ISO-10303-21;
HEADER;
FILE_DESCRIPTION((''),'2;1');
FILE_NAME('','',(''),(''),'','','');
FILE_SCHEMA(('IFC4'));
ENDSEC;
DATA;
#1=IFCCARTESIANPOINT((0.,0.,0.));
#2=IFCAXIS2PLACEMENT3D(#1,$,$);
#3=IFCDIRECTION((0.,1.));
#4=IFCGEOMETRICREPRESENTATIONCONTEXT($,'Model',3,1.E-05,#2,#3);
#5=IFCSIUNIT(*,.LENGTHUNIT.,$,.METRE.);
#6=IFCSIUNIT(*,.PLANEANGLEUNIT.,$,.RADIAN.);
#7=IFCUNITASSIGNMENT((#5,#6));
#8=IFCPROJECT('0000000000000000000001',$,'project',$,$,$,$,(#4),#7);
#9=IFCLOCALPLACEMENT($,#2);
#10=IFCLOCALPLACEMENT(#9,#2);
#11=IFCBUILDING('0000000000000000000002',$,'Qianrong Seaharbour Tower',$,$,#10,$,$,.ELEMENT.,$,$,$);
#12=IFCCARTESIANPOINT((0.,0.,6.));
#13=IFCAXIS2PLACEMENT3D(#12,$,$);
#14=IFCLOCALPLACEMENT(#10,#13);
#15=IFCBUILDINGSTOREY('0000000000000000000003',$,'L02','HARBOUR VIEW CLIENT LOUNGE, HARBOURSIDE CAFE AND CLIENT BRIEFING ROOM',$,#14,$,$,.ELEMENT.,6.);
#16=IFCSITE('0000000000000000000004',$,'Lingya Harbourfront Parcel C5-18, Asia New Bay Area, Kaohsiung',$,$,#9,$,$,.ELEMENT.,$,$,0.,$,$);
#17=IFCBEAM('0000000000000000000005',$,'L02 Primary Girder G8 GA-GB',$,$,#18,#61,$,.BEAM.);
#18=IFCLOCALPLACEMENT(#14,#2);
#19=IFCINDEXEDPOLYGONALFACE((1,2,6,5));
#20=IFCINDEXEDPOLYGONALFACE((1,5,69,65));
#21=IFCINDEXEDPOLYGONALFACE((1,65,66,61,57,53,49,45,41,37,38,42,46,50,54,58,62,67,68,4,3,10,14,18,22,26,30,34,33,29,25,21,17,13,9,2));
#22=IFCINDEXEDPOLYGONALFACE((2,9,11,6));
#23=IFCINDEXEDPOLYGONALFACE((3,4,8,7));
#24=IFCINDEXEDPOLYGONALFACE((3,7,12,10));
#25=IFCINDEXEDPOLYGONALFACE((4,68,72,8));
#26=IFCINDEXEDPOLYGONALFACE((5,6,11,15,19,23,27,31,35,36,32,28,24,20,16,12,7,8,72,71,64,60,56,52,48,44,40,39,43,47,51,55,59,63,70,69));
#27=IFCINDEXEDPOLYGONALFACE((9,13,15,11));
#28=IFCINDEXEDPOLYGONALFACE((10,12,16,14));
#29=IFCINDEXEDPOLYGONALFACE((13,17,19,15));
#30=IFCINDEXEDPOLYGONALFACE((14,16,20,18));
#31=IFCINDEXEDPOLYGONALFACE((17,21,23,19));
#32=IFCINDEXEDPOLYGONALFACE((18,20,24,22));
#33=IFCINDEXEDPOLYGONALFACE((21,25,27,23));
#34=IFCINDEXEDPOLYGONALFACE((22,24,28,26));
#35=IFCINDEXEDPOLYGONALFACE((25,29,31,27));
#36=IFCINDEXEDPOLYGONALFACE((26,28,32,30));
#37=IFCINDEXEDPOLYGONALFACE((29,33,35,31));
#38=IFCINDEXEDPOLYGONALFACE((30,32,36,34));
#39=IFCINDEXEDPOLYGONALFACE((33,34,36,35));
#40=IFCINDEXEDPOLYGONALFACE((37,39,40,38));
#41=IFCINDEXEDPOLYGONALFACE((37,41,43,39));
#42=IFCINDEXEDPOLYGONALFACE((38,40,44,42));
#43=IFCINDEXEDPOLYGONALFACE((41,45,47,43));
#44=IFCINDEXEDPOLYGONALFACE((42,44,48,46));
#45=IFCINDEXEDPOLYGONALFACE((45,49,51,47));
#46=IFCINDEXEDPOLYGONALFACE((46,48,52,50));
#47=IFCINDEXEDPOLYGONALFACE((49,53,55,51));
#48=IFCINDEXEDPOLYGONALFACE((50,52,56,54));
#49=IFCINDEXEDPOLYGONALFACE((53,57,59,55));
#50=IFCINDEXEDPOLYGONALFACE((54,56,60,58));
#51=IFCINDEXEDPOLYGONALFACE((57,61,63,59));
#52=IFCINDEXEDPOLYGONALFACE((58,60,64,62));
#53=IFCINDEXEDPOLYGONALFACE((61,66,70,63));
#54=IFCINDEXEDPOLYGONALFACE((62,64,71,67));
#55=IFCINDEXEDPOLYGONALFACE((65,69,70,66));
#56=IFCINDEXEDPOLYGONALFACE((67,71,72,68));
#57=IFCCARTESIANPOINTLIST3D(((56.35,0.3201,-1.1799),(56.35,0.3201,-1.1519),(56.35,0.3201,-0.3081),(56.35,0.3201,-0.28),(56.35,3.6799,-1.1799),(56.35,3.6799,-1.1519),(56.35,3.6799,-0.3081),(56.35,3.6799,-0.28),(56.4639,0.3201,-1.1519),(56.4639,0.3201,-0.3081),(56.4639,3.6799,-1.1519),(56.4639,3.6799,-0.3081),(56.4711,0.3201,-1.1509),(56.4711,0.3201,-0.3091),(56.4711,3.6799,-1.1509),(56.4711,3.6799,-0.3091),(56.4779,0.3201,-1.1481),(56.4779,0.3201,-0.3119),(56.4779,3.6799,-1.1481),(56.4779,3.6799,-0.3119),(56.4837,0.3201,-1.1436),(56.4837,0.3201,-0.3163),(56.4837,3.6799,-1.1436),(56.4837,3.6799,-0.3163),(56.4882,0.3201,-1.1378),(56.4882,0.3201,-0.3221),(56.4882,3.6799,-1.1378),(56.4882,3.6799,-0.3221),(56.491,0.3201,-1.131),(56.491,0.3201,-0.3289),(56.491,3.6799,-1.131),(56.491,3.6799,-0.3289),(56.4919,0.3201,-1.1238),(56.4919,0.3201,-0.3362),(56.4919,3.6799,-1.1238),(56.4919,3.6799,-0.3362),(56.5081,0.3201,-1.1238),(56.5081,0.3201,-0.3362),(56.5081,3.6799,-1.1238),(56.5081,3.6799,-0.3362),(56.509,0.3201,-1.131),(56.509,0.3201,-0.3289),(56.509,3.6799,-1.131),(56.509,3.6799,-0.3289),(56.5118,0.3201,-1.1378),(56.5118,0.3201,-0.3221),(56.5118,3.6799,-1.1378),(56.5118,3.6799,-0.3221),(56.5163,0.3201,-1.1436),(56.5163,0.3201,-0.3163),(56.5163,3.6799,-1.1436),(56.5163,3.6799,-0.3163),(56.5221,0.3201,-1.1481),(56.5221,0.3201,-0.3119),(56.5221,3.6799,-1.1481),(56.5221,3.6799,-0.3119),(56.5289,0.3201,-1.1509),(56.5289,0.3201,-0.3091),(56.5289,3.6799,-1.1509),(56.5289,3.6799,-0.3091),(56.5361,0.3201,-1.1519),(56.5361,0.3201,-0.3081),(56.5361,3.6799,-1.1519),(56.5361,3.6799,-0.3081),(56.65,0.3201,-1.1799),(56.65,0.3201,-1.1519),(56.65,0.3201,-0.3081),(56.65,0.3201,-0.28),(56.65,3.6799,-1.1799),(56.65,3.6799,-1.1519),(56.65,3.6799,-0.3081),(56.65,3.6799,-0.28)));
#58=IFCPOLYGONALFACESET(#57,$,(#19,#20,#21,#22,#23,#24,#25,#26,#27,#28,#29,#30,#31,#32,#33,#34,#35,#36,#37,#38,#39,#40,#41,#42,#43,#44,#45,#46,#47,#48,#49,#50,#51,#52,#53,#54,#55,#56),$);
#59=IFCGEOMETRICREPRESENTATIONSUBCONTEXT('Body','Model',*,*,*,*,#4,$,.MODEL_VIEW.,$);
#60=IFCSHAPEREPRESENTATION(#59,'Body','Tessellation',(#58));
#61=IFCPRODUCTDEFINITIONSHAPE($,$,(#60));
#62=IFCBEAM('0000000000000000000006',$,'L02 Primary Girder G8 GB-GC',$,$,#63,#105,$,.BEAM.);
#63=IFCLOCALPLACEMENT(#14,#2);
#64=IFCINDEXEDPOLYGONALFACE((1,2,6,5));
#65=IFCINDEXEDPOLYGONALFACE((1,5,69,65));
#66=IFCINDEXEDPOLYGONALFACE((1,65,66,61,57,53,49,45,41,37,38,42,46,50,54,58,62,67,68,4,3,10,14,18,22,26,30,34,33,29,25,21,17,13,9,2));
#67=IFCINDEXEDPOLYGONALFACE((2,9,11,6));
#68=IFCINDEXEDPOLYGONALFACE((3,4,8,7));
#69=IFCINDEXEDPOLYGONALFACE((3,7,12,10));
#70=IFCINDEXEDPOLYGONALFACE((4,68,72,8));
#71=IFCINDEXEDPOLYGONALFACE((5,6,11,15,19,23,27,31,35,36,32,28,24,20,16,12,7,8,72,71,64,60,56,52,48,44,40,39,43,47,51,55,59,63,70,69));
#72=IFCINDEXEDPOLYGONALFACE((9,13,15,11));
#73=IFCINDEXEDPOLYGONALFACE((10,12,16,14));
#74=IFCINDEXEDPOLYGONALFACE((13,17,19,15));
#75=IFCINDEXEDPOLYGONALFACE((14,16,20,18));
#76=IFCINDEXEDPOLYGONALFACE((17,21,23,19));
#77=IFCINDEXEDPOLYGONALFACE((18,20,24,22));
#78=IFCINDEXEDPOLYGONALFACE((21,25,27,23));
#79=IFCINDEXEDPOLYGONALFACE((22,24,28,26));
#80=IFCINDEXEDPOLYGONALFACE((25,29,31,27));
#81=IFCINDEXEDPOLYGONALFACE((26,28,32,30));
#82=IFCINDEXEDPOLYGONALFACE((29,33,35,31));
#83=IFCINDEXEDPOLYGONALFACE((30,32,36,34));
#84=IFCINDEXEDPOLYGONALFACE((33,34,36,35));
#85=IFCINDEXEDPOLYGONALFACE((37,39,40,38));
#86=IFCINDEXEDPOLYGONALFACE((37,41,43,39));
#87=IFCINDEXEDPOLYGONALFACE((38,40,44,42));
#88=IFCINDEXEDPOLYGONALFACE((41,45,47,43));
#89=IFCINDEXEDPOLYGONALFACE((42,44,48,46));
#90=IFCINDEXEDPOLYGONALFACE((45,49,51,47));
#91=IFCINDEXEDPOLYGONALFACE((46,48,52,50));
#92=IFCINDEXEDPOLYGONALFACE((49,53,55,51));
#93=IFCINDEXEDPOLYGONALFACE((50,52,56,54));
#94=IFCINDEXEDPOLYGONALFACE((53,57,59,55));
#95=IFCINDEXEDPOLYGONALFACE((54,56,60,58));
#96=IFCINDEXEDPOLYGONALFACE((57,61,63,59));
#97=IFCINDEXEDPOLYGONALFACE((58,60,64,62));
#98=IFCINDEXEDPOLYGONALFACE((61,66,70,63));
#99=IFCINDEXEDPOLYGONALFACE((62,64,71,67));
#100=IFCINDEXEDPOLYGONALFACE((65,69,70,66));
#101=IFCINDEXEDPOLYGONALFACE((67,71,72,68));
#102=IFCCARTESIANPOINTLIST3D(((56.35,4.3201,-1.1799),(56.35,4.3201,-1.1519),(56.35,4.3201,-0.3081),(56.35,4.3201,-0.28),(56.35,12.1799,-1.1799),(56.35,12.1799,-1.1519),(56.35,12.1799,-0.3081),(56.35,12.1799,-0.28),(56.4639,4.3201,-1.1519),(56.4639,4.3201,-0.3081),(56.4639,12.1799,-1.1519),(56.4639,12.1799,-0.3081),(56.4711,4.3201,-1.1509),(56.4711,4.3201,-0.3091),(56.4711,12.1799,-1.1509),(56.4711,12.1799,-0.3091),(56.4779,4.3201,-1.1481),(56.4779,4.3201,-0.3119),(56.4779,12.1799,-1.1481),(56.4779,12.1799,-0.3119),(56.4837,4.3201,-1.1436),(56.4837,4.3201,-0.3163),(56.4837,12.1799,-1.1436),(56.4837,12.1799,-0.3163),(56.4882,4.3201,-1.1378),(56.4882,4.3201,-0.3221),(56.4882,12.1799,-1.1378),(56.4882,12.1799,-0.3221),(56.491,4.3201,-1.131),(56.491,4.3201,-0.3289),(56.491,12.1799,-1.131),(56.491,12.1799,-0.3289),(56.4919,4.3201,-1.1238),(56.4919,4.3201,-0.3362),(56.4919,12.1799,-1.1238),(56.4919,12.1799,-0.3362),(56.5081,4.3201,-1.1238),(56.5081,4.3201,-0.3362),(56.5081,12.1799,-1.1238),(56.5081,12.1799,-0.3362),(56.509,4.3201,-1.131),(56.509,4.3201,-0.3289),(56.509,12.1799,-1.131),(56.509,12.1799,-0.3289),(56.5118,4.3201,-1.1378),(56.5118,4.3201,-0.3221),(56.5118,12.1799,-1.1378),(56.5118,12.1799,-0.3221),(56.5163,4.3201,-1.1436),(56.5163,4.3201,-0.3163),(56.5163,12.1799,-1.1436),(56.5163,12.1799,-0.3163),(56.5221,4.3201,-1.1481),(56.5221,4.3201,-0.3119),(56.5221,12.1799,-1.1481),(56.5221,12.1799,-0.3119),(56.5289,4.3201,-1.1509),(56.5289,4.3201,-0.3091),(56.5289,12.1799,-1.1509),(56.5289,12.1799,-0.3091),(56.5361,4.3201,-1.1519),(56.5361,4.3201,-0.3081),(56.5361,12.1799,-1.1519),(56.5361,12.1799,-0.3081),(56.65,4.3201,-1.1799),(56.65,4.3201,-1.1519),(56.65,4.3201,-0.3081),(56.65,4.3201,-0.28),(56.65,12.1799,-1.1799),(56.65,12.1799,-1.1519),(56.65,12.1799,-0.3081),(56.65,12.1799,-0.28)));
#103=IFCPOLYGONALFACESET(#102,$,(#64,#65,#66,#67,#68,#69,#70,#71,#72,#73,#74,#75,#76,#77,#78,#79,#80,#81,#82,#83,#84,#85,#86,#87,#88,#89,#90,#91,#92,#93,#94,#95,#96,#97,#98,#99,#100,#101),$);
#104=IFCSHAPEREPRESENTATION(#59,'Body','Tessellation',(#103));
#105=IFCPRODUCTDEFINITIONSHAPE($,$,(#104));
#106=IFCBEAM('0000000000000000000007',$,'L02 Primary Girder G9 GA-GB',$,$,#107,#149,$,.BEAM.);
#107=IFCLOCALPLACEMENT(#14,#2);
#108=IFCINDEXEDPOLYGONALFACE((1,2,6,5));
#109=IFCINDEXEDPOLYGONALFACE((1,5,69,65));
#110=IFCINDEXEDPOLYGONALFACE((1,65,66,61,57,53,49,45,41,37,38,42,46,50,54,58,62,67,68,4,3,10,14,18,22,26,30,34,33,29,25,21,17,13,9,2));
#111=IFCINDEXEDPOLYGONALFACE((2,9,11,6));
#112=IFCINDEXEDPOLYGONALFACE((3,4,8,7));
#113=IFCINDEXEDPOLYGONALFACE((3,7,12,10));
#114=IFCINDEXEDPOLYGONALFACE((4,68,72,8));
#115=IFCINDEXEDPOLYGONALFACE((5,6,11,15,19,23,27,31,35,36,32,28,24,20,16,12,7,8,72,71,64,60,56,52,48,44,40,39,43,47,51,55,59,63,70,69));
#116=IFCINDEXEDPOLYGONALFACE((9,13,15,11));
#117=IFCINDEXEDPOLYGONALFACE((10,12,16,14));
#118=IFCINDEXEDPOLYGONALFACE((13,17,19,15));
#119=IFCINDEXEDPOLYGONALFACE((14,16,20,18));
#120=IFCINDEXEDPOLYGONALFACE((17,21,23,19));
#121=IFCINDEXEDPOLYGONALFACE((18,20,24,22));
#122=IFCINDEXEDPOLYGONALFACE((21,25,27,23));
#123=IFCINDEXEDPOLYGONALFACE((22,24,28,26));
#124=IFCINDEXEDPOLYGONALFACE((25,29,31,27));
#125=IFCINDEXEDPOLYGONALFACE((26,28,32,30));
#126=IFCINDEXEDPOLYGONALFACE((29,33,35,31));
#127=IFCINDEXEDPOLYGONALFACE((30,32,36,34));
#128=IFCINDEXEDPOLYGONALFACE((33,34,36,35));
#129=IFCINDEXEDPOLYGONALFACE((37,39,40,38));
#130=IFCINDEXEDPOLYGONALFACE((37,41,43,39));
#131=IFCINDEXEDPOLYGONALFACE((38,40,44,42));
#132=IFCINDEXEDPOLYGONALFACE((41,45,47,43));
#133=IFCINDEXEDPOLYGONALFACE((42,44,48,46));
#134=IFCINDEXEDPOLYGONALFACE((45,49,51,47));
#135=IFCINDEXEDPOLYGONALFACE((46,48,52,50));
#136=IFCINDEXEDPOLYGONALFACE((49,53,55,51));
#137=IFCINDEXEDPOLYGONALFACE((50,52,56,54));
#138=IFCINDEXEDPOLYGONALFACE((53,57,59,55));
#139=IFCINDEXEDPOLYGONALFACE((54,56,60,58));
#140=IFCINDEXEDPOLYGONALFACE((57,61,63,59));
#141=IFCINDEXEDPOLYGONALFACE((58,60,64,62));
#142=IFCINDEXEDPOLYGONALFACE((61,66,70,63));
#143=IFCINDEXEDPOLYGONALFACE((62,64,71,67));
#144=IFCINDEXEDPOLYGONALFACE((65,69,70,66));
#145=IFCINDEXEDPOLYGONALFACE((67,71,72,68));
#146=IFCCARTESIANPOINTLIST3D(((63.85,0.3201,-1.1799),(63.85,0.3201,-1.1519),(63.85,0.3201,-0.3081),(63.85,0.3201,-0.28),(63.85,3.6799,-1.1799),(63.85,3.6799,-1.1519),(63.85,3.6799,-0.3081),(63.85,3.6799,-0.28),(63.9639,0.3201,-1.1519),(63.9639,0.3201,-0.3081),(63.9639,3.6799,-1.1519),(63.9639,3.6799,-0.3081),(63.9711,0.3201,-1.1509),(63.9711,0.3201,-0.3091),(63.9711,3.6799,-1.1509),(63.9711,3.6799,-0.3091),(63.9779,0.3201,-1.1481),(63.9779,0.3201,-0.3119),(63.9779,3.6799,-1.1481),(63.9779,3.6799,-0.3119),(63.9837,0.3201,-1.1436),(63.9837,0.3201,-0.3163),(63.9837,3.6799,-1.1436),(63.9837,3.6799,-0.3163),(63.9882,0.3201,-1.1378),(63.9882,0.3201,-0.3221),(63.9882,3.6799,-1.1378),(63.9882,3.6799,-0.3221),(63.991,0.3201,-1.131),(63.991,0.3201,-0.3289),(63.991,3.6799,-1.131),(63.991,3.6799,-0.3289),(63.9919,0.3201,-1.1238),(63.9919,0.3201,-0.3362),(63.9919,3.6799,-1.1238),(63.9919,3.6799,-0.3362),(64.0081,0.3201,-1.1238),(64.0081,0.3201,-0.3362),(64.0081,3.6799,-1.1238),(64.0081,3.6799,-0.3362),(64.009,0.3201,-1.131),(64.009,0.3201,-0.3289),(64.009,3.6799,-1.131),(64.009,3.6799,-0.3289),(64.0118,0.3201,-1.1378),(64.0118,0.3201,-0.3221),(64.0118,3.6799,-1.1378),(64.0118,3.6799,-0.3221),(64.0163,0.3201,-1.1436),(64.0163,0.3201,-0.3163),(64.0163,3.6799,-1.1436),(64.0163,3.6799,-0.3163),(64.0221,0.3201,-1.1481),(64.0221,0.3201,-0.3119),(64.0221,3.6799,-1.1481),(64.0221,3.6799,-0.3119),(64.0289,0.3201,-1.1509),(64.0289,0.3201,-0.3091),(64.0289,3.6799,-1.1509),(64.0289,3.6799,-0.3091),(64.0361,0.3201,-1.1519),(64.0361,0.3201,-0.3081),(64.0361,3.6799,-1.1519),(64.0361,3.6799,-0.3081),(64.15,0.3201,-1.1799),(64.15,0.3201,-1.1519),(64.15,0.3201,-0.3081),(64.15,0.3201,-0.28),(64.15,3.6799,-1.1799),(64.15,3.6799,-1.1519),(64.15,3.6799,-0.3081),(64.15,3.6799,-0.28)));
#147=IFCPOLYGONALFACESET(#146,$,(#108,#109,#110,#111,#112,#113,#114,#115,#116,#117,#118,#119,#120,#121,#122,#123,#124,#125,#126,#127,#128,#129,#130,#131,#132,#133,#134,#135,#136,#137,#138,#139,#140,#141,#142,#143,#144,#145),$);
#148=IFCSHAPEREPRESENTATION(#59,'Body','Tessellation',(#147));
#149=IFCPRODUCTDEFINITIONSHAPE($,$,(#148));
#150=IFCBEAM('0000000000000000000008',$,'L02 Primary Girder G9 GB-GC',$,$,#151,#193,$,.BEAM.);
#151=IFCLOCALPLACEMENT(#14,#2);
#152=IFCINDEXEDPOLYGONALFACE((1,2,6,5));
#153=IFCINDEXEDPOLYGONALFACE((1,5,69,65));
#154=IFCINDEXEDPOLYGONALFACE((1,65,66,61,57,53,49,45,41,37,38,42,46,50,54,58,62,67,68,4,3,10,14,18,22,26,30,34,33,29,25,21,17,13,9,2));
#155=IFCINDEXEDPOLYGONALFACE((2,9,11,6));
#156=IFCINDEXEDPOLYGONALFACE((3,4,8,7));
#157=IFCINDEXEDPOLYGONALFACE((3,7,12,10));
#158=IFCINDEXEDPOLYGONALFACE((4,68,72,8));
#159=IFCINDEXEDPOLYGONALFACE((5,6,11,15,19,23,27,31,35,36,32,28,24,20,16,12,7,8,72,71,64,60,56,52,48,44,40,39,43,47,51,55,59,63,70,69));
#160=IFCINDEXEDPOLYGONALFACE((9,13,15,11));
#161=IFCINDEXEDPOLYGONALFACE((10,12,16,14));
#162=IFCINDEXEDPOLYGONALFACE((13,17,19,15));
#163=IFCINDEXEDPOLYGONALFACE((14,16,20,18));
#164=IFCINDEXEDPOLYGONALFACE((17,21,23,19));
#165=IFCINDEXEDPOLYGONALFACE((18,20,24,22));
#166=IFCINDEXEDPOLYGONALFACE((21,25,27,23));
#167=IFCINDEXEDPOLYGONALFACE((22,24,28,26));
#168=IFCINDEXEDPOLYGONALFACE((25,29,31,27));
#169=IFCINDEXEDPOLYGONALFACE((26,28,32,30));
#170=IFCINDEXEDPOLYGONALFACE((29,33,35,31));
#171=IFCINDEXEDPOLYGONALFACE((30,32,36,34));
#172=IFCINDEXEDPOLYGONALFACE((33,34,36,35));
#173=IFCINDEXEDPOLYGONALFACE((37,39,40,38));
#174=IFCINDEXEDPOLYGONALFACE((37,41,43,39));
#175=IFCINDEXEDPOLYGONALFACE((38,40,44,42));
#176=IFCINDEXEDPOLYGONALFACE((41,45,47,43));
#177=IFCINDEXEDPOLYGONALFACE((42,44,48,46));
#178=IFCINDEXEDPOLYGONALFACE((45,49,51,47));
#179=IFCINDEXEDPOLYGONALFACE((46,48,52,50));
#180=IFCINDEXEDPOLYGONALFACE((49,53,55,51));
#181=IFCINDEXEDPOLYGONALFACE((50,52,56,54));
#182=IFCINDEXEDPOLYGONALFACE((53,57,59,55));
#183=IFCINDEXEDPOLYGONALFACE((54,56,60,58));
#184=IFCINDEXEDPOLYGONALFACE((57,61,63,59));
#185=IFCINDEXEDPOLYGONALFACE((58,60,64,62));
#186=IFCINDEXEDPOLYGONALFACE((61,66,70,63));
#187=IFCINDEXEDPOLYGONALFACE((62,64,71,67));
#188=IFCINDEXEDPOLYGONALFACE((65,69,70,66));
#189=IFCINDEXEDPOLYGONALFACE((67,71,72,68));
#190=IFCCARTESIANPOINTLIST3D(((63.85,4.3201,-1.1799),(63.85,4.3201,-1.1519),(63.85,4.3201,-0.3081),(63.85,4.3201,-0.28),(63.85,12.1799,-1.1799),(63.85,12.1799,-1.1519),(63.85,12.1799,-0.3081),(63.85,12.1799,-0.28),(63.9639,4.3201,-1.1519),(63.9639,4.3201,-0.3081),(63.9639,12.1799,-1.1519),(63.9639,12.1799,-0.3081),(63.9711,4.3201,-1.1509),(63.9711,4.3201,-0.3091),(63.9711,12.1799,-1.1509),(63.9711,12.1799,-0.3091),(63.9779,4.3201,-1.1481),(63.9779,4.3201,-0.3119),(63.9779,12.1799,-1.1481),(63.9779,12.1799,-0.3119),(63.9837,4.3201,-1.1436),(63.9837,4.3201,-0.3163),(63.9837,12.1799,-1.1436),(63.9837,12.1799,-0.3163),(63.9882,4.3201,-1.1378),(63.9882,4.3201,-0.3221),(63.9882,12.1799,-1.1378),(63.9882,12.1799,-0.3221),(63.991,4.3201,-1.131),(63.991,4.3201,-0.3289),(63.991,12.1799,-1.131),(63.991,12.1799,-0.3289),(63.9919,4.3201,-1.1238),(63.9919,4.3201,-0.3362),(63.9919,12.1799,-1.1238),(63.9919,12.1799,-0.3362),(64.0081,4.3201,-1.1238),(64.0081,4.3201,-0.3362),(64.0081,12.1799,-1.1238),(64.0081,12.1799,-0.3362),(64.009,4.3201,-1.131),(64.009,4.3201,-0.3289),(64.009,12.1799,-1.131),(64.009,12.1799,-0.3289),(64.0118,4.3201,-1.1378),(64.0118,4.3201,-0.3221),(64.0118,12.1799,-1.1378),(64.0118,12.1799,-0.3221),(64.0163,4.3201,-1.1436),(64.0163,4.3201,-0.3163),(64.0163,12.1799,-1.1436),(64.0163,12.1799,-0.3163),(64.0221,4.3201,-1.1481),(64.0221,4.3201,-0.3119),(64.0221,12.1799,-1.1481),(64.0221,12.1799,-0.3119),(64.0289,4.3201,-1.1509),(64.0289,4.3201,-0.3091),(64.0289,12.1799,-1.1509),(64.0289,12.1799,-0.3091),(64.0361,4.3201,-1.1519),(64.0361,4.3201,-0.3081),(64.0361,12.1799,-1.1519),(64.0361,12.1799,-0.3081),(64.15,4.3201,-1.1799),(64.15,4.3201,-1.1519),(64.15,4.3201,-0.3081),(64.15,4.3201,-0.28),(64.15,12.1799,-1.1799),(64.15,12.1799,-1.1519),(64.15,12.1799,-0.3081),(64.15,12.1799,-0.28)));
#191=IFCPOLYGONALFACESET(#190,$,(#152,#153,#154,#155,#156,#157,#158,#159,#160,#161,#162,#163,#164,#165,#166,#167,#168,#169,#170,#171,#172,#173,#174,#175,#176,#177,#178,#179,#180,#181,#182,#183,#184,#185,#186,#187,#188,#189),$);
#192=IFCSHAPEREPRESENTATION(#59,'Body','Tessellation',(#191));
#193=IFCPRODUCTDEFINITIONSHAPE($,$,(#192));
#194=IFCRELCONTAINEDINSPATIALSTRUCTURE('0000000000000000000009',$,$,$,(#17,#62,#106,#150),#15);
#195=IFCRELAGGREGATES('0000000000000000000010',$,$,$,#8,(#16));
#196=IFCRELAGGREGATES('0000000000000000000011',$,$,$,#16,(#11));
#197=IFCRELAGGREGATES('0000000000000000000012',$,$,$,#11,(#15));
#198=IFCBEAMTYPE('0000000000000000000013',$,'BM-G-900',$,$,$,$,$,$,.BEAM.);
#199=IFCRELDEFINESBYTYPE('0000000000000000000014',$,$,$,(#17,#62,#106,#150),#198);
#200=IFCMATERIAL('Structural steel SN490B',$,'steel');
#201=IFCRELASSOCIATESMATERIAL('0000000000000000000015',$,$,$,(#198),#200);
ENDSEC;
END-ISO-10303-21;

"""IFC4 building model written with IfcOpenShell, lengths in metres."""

from ifc_helpers import new_model, si_unit, direction, frame, origin, origin_2d, place, context, subcontext, project, spatial, i_section, extrude, material, material_profile, profile_set, type_object, element, save


model = new_model("IFC4")

# Units and contexts
model_context = context("Model", 3, precision=1e-05, world=origin(), true_north=direction((0.0, 1.0)))
body_context = subcontext(model_context, "Body", "Model", "MODEL_VIEW")
ifc_project = project(units=[si_unit("LENGTHUNIT", "METRE"), si_unit("PLANEANGLEUNIT", "RADIAN")], contexts=[model_context])

# Site, building, storey
site_placement = place(None, origin())
site = spatial("IfcSite", under=ifc_project, at=site_placement, Name="Lingya Harbourfront Parcel C5-18, Asia New Bay Area, Kaohsiung", CompositionType="ELEMENT", RefElevation=0.0)
building_placement = place(site_placement, origin())
building = spatial("IfcBuilding", under=site, at=building_placement, Name="Qianrong Seaharbour Tower", CompositionType="ELEMENT")
storey_placement = place(building_placement, frame((0.0, 0.0, 6.0)))
storey = spatial("IfcBuildingStorey", under=building, at=storey_placement, Name="L02", Description="HARBOUR VIEW CLIENT LOUNGE, HARBOURSIDE CAFE AND CLIENT BRIEFING ROOM", CompositionType="ELEMENT", Elevation=6.0)

# Beams
ifc_material_1 = material(Name="Structural steel SN490B", Category="steel")
ifc_material_profile_1 = material_profile(ifc_material_1, i_section(OverallWidth=0.3, OverallDepth=0.8999, WebThickness=0.0161, FlangeThickness=0.0281, FilletRadius=0.0281, at=origin_2d()), Name="H900x300x16x28")
ifc_profile_set_1 = profile_set([ifc_material_profile_1], Name="Structural steel SN490B")
beam_type_1 = type_object("IfcBeamType", Name="BM-G-900", PredefinedType="BEAM", material=ifc_profile_set_1)
beam_1_placement = place(storey_placement, frame((56.5, 0.3201, -0.73), z_axis=(0.0, 1.0, 0.0), x_axis=(-1.0, 0.0, 0.0)))
element("IfcBeam", 1, at=beam_1_placement, inside=storey, type_object=beam_type_1, Name="L02 Primary Girder G8 GA-GB", PredefinedType="BEAM", context=body_context, shape_type="SweptSolid", body=[
    extrude(i_section(OverallWidth=0.3, OverallDepth=0.8999, WebThickness=0.0161, FlangeThickness=0.0281, FilletRadius=0.0281, at=origin_2d()), origin(), (0.0, 0.0, 1.0), 3.3599),
])
beam_2_placement = place(storey_placement, frame((56.5, 4.3201, -0.73), z_axis=(0.0, 1.0, 0.0), x_axis=(-1.0, 0.0, 0.0)))
element("IfcBeam", 2, at=beam_2_placement, inside=storey, type_object=beam_type_1, Name="L02 Primary Girder G8 GB-GC", PredefinedType="BEAM", context=body_context, shape_type="SweptSolid", body=[
    extrude(i_section(OverallWidth=0.3, OverallDepth=0.8999, WebThickness=0.0161, FlangeThickness=0.0281, FilletRadius=0.0281, at=origin_2d()), origin(), (0.0, 0.0, 1.0), 7.8599),
])
beam_3_placement = place(storey_placement, frame((64.0, 0.3201, -0.73), z_axis=(0.0, 1.0, 0.0), x_axis=(-1.0, 0.0, 0.0)))
element("IfcBeam", 3, at=beam_3_placement, inside=storey, type_object=beam_type_1, Name="L02 Primary Girder G9 GA-GB", PredefinedType="BEAM", context=body_context, shape_type="SweptSolid", body=[
    extrude(i_section(OverallWidth=0.3, OverallDepth=0.8999, WebThickness=0.0161, FlangeThickness=0.0281, FilletRadius=0.0281, at=origin_2d()), origin(), (0.0, 0.0, 1.0), 3.3599),
])
beam_4_placement = place(storey_placement, frame((64.0, 4.3201, -0.73), z_axis=(0.0, 1.0, 0.0), x_axis=(-1.0, 0.0, 0.0)))
element("IfcBeam", 4, at=beam_4_placement, inside=storey, type_object=beam_type_1, Name="L02 Primary Girder G9 GB-GC", PredefinedType="BEAM", context=body_context, shape_type="SweptSolid", body=[
    extrude(i_section(OverallWidth=0.3, OverallDepth=0.8999, WebThickness=0.0161, FlangeThickness=0.0281, FilletRadius=0.0281, at=origin_2d()), origin(), (0.0, 0.0, 1.0), 7.8599),
])

save(model, "model.ifc")
